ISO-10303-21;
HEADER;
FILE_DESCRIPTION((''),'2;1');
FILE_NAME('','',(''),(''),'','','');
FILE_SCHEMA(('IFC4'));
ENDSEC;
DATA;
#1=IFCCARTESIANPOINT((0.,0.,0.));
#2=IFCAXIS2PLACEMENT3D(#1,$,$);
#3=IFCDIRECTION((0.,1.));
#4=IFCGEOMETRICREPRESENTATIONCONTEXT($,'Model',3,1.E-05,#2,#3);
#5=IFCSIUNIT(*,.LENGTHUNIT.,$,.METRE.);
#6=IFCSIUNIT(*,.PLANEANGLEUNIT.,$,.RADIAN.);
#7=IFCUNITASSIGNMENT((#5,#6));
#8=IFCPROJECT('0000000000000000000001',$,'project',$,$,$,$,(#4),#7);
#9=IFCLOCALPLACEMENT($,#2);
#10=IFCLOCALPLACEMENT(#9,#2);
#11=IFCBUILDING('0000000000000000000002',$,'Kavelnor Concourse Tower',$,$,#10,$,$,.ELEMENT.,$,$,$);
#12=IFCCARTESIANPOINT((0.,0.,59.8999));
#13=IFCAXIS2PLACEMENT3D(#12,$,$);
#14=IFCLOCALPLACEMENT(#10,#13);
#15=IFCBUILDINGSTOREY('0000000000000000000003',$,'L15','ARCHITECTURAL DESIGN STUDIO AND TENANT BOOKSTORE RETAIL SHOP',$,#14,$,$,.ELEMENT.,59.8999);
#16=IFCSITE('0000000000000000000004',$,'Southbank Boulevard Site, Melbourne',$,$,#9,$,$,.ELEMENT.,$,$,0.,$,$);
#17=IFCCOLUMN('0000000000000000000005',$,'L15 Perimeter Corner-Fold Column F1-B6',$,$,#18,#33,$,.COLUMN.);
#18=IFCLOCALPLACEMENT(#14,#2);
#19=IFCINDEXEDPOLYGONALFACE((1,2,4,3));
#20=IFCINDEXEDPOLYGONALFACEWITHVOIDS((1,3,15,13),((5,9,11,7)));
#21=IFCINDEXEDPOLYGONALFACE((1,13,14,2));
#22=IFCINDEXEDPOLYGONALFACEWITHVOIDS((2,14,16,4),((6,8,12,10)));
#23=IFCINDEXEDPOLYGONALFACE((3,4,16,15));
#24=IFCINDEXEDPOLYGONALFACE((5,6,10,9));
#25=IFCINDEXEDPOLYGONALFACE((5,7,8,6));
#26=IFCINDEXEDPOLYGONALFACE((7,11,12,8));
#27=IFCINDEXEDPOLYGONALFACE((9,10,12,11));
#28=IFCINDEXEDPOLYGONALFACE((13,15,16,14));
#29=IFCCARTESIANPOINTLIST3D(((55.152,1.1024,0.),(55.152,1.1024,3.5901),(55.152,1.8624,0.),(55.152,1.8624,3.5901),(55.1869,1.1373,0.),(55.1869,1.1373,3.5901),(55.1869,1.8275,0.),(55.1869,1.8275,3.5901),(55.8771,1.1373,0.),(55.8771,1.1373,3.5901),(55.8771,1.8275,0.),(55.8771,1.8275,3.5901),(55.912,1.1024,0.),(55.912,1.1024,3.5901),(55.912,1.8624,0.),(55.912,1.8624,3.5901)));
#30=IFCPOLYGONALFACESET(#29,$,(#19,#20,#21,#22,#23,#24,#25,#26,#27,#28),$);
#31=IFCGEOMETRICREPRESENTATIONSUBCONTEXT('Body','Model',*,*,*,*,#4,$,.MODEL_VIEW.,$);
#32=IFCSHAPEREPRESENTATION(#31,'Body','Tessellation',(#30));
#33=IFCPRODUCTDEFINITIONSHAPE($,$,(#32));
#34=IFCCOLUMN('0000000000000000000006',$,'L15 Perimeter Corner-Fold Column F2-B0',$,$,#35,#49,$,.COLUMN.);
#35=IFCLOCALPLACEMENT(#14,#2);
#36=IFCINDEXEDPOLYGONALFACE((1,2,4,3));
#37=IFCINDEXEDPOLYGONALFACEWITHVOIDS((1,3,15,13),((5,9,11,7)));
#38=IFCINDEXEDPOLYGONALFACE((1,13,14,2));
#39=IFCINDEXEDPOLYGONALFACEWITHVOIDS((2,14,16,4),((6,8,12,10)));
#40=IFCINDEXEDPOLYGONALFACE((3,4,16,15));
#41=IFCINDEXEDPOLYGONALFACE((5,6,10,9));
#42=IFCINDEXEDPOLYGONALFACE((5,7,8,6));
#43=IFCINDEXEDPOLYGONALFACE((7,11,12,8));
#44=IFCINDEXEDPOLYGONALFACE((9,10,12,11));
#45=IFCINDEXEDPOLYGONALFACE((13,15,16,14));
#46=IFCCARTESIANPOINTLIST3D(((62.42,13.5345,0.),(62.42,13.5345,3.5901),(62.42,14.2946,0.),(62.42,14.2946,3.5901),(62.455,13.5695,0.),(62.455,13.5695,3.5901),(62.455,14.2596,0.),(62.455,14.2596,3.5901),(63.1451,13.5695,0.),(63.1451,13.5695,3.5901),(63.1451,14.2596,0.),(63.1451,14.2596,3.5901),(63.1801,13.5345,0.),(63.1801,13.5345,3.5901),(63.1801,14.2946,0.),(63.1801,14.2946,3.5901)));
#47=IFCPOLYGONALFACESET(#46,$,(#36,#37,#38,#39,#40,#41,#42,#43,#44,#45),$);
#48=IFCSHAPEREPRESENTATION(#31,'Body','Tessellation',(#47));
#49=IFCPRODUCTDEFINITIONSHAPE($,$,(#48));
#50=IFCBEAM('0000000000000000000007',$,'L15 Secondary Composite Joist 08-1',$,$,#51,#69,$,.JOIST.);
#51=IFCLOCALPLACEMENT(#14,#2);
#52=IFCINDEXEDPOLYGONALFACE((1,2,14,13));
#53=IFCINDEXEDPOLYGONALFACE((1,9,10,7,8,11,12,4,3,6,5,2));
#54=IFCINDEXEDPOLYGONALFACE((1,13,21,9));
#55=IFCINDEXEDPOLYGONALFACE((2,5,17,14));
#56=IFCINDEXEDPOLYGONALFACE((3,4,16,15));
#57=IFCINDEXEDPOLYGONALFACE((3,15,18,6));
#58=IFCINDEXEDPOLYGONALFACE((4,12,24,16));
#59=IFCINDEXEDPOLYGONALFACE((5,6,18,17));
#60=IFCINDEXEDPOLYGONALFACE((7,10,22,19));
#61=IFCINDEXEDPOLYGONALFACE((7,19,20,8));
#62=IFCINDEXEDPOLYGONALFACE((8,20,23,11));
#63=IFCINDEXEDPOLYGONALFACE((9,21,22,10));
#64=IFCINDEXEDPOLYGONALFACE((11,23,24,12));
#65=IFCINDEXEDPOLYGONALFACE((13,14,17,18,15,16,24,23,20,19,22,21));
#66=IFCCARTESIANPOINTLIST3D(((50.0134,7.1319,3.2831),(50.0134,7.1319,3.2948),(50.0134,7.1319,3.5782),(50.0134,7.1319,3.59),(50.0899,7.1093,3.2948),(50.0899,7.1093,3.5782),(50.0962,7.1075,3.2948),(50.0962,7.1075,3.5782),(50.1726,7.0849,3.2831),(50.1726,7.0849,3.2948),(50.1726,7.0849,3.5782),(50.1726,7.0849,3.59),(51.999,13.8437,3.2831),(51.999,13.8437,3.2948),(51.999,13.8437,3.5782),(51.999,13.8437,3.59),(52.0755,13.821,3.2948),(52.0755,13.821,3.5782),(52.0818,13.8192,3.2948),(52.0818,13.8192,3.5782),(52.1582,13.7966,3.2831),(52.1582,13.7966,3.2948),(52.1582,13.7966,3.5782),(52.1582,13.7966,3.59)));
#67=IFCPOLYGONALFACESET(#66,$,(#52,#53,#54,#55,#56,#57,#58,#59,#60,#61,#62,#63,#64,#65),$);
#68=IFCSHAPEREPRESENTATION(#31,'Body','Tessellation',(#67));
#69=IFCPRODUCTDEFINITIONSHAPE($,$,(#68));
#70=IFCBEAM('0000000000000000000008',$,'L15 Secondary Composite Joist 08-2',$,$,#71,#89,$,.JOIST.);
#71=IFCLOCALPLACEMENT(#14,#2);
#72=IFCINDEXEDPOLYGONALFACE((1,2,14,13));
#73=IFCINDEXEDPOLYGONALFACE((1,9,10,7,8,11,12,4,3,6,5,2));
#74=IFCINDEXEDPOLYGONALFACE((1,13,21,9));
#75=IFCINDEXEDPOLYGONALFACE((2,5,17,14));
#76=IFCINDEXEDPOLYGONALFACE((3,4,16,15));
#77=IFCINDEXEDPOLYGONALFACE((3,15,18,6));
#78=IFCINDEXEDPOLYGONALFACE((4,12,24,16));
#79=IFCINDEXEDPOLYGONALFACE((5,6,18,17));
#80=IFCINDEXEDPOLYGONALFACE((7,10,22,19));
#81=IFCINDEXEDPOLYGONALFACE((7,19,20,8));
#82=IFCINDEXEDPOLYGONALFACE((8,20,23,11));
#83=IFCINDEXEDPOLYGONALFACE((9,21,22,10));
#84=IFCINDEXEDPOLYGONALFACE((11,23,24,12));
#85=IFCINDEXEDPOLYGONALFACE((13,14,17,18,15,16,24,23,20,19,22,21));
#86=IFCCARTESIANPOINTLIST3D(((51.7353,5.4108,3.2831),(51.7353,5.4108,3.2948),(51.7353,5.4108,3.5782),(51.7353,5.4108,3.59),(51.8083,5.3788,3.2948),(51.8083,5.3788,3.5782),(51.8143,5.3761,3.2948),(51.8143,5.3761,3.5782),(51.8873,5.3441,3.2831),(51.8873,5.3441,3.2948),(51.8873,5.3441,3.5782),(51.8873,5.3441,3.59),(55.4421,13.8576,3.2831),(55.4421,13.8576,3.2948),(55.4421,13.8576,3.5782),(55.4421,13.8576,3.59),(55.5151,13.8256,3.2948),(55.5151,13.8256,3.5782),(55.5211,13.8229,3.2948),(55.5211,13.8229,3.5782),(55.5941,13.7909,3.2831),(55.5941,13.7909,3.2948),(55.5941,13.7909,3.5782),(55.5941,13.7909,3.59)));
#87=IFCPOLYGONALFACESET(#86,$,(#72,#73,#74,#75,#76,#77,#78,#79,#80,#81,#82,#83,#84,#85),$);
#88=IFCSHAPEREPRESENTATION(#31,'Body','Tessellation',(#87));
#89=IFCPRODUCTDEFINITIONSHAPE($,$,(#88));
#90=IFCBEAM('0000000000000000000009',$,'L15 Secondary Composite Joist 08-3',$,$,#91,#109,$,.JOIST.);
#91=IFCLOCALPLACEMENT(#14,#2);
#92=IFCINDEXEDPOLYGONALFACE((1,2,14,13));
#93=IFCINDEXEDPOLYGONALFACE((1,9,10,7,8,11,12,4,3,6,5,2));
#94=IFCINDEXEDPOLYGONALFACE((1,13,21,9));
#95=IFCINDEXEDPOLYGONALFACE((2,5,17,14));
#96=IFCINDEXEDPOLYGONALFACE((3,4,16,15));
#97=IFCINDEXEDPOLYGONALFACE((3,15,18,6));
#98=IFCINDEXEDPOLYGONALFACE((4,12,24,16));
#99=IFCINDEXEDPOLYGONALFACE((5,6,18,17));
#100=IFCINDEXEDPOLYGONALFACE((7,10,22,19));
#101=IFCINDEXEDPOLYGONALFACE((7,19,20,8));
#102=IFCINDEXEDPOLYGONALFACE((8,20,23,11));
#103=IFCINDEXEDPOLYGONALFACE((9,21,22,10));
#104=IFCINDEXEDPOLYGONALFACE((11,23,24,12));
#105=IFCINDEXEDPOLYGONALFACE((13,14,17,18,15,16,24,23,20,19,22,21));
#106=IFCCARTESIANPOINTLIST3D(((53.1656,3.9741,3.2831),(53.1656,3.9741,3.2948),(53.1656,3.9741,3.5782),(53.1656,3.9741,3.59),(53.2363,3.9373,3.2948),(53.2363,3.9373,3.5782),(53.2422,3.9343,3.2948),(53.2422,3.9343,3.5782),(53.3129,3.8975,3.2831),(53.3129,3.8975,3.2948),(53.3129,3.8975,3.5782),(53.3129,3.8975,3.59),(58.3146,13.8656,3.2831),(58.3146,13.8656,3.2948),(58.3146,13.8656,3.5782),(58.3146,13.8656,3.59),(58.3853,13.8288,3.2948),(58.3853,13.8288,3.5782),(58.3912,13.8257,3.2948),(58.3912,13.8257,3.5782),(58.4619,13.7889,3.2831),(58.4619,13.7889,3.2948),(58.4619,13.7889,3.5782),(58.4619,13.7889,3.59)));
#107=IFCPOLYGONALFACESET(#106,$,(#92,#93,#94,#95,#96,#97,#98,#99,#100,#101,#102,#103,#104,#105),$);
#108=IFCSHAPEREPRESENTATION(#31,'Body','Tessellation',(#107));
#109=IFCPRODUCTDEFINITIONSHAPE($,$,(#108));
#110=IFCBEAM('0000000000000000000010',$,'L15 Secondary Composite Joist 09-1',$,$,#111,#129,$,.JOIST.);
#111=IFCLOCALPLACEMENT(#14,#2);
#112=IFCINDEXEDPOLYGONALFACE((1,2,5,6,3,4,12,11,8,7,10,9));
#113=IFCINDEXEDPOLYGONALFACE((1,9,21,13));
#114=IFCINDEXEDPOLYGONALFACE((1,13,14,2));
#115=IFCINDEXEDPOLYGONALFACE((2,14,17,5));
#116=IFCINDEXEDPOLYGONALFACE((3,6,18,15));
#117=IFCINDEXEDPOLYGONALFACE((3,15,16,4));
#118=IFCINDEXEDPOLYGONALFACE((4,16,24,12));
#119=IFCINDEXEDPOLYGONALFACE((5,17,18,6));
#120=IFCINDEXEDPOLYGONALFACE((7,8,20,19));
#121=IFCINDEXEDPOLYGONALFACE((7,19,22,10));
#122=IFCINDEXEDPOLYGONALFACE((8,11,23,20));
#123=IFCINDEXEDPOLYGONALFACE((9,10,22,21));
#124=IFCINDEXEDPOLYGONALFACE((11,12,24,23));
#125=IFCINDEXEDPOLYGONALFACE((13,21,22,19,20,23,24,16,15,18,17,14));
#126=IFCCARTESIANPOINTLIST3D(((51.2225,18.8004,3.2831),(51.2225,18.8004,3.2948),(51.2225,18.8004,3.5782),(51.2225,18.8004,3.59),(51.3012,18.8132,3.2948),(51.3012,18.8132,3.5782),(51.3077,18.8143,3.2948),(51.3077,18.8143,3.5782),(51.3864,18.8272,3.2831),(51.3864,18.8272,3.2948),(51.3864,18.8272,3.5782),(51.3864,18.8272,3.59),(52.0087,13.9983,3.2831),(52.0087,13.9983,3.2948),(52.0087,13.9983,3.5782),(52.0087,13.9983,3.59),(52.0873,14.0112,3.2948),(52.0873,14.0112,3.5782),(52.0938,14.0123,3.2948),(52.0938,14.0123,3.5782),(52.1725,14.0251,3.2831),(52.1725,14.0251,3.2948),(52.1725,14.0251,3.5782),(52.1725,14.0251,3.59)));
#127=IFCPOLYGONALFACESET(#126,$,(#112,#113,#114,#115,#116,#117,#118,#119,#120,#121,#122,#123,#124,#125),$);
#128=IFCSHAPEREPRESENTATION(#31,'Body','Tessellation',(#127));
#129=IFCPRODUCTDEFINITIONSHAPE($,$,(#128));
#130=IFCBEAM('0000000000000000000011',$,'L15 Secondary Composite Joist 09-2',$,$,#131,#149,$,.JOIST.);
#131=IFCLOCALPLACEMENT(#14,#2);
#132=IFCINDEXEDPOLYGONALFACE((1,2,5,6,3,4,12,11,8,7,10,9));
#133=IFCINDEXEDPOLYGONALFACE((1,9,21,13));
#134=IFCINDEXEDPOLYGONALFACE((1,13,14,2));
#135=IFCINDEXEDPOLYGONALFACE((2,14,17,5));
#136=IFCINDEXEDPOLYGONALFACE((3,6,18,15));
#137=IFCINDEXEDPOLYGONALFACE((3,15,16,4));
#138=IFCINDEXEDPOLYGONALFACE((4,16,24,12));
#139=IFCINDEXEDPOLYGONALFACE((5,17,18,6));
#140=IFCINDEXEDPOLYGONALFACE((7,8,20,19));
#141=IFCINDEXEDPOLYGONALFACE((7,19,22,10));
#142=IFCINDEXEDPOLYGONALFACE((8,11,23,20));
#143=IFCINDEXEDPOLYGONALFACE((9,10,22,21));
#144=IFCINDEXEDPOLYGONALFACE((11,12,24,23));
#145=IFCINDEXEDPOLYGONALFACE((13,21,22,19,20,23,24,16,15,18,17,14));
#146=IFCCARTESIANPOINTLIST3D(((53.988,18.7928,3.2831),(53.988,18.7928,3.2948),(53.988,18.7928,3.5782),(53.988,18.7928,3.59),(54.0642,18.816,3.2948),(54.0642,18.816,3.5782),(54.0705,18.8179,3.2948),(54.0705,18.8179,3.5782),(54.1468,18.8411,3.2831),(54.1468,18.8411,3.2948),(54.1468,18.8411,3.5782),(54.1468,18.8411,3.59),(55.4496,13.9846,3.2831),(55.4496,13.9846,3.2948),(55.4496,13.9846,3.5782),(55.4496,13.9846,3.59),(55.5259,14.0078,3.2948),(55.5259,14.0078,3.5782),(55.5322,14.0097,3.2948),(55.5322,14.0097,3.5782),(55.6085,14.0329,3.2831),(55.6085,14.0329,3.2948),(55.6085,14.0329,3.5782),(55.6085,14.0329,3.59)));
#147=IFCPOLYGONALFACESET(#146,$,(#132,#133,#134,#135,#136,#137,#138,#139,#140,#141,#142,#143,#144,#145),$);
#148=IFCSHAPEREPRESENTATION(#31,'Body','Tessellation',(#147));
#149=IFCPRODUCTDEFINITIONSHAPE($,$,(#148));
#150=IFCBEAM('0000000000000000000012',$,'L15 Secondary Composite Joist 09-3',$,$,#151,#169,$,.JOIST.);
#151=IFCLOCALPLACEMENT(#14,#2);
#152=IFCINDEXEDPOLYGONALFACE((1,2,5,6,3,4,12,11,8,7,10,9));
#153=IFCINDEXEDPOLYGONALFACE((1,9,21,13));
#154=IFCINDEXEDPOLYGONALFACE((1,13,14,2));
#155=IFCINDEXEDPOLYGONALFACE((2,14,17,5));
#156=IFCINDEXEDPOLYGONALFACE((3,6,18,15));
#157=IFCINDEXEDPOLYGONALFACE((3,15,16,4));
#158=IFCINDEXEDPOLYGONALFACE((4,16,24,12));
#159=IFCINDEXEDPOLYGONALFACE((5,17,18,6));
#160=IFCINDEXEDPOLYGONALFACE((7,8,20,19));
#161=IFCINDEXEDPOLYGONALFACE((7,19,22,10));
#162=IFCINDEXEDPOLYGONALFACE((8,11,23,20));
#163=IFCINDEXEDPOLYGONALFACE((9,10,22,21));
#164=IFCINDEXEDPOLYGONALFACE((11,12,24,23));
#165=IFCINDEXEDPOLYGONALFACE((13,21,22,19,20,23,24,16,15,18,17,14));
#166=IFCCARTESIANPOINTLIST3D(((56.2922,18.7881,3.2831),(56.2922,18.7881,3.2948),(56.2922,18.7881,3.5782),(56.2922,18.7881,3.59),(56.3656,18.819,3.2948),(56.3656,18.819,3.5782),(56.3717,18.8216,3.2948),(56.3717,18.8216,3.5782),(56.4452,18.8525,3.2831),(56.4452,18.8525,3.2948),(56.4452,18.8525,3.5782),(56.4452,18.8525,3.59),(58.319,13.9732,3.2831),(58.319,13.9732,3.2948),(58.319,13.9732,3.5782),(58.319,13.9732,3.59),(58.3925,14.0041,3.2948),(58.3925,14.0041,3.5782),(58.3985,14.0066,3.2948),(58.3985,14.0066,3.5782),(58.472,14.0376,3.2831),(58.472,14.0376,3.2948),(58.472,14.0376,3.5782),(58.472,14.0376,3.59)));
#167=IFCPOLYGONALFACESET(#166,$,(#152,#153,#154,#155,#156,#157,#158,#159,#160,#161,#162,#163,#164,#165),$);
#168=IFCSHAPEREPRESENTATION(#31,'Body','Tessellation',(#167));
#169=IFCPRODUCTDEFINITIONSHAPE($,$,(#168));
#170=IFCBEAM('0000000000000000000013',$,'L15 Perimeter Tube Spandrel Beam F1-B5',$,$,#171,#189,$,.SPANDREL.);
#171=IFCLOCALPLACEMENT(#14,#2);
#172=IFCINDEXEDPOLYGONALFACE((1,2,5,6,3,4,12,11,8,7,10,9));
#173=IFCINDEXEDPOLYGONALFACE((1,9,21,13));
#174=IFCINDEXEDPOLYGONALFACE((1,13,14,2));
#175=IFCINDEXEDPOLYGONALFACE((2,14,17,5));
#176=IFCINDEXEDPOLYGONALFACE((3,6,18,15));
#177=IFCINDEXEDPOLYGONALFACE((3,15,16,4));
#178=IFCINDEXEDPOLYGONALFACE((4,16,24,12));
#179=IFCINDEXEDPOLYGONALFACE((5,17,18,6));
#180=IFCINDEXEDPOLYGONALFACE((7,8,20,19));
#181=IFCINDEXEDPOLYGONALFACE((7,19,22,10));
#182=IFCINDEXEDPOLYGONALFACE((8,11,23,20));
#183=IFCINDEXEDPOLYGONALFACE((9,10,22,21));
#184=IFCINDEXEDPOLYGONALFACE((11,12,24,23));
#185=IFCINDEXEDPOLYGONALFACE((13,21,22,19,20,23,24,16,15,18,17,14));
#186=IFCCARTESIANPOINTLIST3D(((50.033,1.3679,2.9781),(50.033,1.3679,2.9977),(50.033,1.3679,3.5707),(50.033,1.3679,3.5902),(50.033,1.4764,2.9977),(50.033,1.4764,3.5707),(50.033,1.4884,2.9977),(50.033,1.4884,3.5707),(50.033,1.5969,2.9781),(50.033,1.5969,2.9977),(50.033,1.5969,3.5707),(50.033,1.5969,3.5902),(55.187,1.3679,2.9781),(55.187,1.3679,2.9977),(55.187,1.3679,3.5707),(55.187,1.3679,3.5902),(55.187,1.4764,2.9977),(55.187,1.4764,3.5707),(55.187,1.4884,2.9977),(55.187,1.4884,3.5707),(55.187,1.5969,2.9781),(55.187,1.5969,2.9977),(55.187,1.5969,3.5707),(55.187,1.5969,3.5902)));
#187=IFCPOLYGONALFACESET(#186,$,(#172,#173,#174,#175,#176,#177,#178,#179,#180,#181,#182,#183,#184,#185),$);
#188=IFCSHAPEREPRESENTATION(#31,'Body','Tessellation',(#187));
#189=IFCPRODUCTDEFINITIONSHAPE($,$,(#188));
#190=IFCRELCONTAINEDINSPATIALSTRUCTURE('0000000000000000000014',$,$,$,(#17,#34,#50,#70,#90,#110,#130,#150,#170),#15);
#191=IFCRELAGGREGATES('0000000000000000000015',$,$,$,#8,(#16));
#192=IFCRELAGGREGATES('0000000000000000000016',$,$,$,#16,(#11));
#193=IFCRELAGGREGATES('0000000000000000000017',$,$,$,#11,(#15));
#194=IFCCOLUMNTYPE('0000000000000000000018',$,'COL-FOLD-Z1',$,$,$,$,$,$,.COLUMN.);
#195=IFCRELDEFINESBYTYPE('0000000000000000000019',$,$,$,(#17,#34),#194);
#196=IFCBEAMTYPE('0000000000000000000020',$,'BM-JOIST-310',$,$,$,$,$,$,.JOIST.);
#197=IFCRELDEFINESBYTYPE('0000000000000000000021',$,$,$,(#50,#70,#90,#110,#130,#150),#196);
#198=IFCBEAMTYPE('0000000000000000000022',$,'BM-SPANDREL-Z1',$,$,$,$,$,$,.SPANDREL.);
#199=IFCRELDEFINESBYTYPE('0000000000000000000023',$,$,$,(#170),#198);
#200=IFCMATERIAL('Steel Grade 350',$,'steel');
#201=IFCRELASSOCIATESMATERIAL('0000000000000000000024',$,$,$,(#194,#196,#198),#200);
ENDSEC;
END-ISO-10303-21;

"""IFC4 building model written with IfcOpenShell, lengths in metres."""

from ifc_helpers import new_model, si_unit, direction, frame, origin, origin_2d, place, context, subcontext, project, spatial, hollow_rectangle, i_section, extrude, material, material_profile, profile_set, type_object, element, save


model = new_model("IFC4")

# Units and contexts
model_context = context("Model", 3, precision=1e-05, world=origin(), true_north=direction((0.0, 1.0)))
body_context = subcontext(model_context, "Body", "Model", "MODEL_VIEW")
ifc_project = project(units=[si_unit("LENGTHUNIT", "METRE"), si_unit("PLANEANGLEUNIT", "RADIAN")], contexts=[model_context])

# Site, building, storey
site_placement = place(None, origin())
site = spatial("IfcSite", under=ifc_project, at=site_placement, Name="Southbank Boulevard Site, Melbourne", CompositionType="ELEMENT", RefElevation=0.0)
building_placement = place(site_placement, origin())
building = spatial("IfcBuilding", under=site, at=building_placement, Name="Kavelnor Concourse Tower", CompositionType="ELEMENT")
storey_placement = place(building_placement, frame((0.0, 0.0, 59.8999)))
storey = spatial("IfcBuildingStorey", under=building, at=storey_placement, Name="L15", Description="ARCHITECTURAL DESIGN STUDIO AND TENANT BOOKSTORE RETAIL SHOP", CompositionType="ELEMENT", Elevation=59.8999)

# Columns
ifc_material_1 = material(Name="Steel Grade 350", Category="steel")
ifc_material_profile_1 = material_profile(ifc_material_1, hollow_rectangle(XDim=0.76, YDim=0.76, WallThickness=0.0349, at=origin_2d()), Name="SHS 760x760x35")
ifc_profile_set_1 = profile_set([ifc_material_profile_1], Name="Steel Grade 350")
column_type = type_object("IfcColumnType", Name="COL-FOLD-Z1", PredefinedType="COLUMN", material=ifc_profile_set_1)
for number, where, z_axis, x_axis, name in (
    (1, (55.532, 1.4824, 0.0), (0.0, 0.0, 1.0), (1.0, 0.0, 0.0), "L15 Perimeter Corner-Fold Column F1-B6"),
    (2, (62.8, 13.9146, 0.0), (0.0, 0.0, 1.0), (1.0, 0.0, 0.0), "L15 Perimeter Corner-Fold Column F2-B0"),
):
    element("IfcColumn", number, at=place(storey_placement, frame(where, z_axis=z_axis, x_axis=x_axis)), inside=storey, type_object=column_type, Name=name, PredefinedType="COLUMN", context=body_context, shape_type="SweptSolid", body=[
        extrude(hollow_rectangle(XDim=0.76, YDim=0.76, WallThickness=0.0349, at=origin_2d()), origin(), (0.0, 0.0, 1.0), 3.5901),
    ])

# Beams
ifc_material_profile_2 = material_profile(ifc_material_1, i_section(OverallWidth=0.166, OverallDepth=0.3069, WebThickness=0.0066, FlangeThickness=0.0117, at=origin_2d()), Name="310UB46")
ifc_profile_set_2 = profile_set([ifc_material_profile_2], Name="Steel Grade 350")
beam_type_1 = type_object("IfcBeamType", Name="BM-JOIST-310", PredefinedType="JOIST", material=ifc_profile_set_2)
beam_1_placement = place(storey_placement, frame((50.093, 7.1084, 3.4365), z_axis=(0.283688, 0.958917, 0.0), x_axis=(-0.958917, 0.283688, 0.0)))
element("IfcBeam", 3, at=beam_1_placement, inside=storey, type_object=beam_type_1, Name="L15 Secondary Composite Joist 08-1", PredefinedType="JOIST", context=body_context, shape_type="SweptSolid", body=[
    extrude(i_section(OverallWidth=0.166, OverallDepth=0.3069, WebThickness=0.0066, FlangeThickness=0.0117, at=origin_2d()), origin(), (0.0, 0.0, 1.0), 6.9993),
])
beam_2_placement = place(storey_placement, frame((51.8113, 5.3774, 3.4365), z_axis=(0.401849, 0.915706, 0.0), x_axis=(-0.915706, 0.401849, 0.0)))
element("IfcBeam", 4, at=beam_2_placement, inside=storey, type_object=beam_type_1, Name="L15 Secondary Composite Joist 08-2", PredefinedType="JOIST", context=body_context, shape_type="SweptSolid", body=[
    extrude(i_section(OverallWidth=0.166, OverallDepth=0.3069, WebThickness=0.0066, FlangeThickness=0.0117, at=origin_2d()), origin(), (0.0, 0.0, 1.0), 9.2244),
])
beam_3_placement = place(storey_placement, frame((53.2393, 3.9358, 3.4365), z_axis=(0.461735, 0.887018, 0.0), x_axis=(-0.887018, 0.461735, 0.0)))
element("IfcBeam", 5, at=beam_3_placement, inside=storey, type_object=beam_type_1, Name="L15 Secondary Composite Joist 08-3", PredefinedType="JOIST", context=body_context, shape_type="SweptSolid", body=[
    extrude(i_section(OverallWidth=0.166, OverallDepth=0.3069, WebThickness=0.0066, FlangeThickness=0.0117, at=origin_2d()), origin(), (0.0, 0.0, 1.0), 11.1514),
])
beam_4_placement = place(storey_placement, frame((52.0906, 14.0117, 3.4365), z_axis=(-0.161559, 0.986863, 0.0), x_axis=(-0.986863, -0.161559, 0.0)))
element("IfcBeam", 6, at=beam_4_placement, inside=storey, type_object=beam_type_1, Name="L15 Secondary Composite Joist 09-1", PredefinedType="JOIST", context=body_context, shape_type="SweptSolid", body=[
    extrude(i_section(OverallWidth=0.166, OverallDepth=0.3069, WebThickness=0.0066, FlangeThickness=0.0117, at=origin_2d()), origin(), (0.0, 0.0, 1.0), 4.866),
])
beam_5_placement = place(storey_placement, frame((55.5291, 14.0088, 3.4365), z_axis=(-0.290858, 0.956766, 0.0), x_axis=(-0.956766, -0.290858, 0.0)))
element("IfcBeam", 7, at=beam_5_placement, inside=storey, type_object=beam_type_1, Name="L15 Secondary Composite Joist 09-2", PredefinedType="JOIST", context=body_context, shape_type="SweptSolid", body=[
    extrude(i_section(OverallWidth=0.166, OverallDepth=0.3069, WebThickness=0.0066, FlangeThickness=0.0117, at=origin_2d()), origin(), (0.0, 0.0, 1.0), 5.0254),
])
beam_6_placement = place(storey_placement, frame((58.3955, 14.0054, 3.4365), z_axis=(-0.387978, 0.921669, 0.0), x_axis=(-0.921669, -0.387978, 0.0)))
element("IfcBeam", 8, at=beam_6_placement, inside=storey, type_object=beam_type_1, Name="L15 Secondary Composite Joist 09-3", PredefinedType="JOIST", context=body_context, shape_type="SweptSolid", body=[
    extrude(i_section(OverallWidth=0.166, OverallDepth=0.3069, WebThickness=0.0066, FlangeThickness=0.0117, at=origin_2d()), origin(), (0.0, 0.0, 1.0), 5.2241),
])
ifc_material_profile_3 = material_profile(ifc_material_1, i_section(OverallWidth=0.229, OverallDepth=0.6121, WebThickness=0.012, FlangeThickness=0.0195, at=origin_2d()), Name="610UB125")
ifc_profile_set_3 = profile_set([ifc_material_profile_3], Name="Steel Grade 350")
beam_type_2 = type_object("IfcBeamType", Name="BM-SPANDREL-Z1", PredefinedType="SPANDREL", material=ifc_profile_set_3)
beam_7_placement = place(storey_placement, frame((50.033, 1.4824, 3.2842), z_axis=(1.0, 0.0, 0.0), x_axis=(0.0, 1.0, 0.0)))
element("IfcBeam", 9, at=beam_7_placement, inside=storey, type_object=beam_type_2, Name="L15 Perimeter Tube Spandrel Beam F1-B5", PredefinedType="SPANDREL", context=body_context, shape_type="SweptSolid", body=[
    extrude(i_section(OverallWidth=0.229, OverallDepth=0.6121, WebThickness=0.012, FlangeThickness=0.0195, at=origin_2d()), origin(), (0.0, 0.0, 1.0), 5.1541),
])

save(model, "model.ifc")
